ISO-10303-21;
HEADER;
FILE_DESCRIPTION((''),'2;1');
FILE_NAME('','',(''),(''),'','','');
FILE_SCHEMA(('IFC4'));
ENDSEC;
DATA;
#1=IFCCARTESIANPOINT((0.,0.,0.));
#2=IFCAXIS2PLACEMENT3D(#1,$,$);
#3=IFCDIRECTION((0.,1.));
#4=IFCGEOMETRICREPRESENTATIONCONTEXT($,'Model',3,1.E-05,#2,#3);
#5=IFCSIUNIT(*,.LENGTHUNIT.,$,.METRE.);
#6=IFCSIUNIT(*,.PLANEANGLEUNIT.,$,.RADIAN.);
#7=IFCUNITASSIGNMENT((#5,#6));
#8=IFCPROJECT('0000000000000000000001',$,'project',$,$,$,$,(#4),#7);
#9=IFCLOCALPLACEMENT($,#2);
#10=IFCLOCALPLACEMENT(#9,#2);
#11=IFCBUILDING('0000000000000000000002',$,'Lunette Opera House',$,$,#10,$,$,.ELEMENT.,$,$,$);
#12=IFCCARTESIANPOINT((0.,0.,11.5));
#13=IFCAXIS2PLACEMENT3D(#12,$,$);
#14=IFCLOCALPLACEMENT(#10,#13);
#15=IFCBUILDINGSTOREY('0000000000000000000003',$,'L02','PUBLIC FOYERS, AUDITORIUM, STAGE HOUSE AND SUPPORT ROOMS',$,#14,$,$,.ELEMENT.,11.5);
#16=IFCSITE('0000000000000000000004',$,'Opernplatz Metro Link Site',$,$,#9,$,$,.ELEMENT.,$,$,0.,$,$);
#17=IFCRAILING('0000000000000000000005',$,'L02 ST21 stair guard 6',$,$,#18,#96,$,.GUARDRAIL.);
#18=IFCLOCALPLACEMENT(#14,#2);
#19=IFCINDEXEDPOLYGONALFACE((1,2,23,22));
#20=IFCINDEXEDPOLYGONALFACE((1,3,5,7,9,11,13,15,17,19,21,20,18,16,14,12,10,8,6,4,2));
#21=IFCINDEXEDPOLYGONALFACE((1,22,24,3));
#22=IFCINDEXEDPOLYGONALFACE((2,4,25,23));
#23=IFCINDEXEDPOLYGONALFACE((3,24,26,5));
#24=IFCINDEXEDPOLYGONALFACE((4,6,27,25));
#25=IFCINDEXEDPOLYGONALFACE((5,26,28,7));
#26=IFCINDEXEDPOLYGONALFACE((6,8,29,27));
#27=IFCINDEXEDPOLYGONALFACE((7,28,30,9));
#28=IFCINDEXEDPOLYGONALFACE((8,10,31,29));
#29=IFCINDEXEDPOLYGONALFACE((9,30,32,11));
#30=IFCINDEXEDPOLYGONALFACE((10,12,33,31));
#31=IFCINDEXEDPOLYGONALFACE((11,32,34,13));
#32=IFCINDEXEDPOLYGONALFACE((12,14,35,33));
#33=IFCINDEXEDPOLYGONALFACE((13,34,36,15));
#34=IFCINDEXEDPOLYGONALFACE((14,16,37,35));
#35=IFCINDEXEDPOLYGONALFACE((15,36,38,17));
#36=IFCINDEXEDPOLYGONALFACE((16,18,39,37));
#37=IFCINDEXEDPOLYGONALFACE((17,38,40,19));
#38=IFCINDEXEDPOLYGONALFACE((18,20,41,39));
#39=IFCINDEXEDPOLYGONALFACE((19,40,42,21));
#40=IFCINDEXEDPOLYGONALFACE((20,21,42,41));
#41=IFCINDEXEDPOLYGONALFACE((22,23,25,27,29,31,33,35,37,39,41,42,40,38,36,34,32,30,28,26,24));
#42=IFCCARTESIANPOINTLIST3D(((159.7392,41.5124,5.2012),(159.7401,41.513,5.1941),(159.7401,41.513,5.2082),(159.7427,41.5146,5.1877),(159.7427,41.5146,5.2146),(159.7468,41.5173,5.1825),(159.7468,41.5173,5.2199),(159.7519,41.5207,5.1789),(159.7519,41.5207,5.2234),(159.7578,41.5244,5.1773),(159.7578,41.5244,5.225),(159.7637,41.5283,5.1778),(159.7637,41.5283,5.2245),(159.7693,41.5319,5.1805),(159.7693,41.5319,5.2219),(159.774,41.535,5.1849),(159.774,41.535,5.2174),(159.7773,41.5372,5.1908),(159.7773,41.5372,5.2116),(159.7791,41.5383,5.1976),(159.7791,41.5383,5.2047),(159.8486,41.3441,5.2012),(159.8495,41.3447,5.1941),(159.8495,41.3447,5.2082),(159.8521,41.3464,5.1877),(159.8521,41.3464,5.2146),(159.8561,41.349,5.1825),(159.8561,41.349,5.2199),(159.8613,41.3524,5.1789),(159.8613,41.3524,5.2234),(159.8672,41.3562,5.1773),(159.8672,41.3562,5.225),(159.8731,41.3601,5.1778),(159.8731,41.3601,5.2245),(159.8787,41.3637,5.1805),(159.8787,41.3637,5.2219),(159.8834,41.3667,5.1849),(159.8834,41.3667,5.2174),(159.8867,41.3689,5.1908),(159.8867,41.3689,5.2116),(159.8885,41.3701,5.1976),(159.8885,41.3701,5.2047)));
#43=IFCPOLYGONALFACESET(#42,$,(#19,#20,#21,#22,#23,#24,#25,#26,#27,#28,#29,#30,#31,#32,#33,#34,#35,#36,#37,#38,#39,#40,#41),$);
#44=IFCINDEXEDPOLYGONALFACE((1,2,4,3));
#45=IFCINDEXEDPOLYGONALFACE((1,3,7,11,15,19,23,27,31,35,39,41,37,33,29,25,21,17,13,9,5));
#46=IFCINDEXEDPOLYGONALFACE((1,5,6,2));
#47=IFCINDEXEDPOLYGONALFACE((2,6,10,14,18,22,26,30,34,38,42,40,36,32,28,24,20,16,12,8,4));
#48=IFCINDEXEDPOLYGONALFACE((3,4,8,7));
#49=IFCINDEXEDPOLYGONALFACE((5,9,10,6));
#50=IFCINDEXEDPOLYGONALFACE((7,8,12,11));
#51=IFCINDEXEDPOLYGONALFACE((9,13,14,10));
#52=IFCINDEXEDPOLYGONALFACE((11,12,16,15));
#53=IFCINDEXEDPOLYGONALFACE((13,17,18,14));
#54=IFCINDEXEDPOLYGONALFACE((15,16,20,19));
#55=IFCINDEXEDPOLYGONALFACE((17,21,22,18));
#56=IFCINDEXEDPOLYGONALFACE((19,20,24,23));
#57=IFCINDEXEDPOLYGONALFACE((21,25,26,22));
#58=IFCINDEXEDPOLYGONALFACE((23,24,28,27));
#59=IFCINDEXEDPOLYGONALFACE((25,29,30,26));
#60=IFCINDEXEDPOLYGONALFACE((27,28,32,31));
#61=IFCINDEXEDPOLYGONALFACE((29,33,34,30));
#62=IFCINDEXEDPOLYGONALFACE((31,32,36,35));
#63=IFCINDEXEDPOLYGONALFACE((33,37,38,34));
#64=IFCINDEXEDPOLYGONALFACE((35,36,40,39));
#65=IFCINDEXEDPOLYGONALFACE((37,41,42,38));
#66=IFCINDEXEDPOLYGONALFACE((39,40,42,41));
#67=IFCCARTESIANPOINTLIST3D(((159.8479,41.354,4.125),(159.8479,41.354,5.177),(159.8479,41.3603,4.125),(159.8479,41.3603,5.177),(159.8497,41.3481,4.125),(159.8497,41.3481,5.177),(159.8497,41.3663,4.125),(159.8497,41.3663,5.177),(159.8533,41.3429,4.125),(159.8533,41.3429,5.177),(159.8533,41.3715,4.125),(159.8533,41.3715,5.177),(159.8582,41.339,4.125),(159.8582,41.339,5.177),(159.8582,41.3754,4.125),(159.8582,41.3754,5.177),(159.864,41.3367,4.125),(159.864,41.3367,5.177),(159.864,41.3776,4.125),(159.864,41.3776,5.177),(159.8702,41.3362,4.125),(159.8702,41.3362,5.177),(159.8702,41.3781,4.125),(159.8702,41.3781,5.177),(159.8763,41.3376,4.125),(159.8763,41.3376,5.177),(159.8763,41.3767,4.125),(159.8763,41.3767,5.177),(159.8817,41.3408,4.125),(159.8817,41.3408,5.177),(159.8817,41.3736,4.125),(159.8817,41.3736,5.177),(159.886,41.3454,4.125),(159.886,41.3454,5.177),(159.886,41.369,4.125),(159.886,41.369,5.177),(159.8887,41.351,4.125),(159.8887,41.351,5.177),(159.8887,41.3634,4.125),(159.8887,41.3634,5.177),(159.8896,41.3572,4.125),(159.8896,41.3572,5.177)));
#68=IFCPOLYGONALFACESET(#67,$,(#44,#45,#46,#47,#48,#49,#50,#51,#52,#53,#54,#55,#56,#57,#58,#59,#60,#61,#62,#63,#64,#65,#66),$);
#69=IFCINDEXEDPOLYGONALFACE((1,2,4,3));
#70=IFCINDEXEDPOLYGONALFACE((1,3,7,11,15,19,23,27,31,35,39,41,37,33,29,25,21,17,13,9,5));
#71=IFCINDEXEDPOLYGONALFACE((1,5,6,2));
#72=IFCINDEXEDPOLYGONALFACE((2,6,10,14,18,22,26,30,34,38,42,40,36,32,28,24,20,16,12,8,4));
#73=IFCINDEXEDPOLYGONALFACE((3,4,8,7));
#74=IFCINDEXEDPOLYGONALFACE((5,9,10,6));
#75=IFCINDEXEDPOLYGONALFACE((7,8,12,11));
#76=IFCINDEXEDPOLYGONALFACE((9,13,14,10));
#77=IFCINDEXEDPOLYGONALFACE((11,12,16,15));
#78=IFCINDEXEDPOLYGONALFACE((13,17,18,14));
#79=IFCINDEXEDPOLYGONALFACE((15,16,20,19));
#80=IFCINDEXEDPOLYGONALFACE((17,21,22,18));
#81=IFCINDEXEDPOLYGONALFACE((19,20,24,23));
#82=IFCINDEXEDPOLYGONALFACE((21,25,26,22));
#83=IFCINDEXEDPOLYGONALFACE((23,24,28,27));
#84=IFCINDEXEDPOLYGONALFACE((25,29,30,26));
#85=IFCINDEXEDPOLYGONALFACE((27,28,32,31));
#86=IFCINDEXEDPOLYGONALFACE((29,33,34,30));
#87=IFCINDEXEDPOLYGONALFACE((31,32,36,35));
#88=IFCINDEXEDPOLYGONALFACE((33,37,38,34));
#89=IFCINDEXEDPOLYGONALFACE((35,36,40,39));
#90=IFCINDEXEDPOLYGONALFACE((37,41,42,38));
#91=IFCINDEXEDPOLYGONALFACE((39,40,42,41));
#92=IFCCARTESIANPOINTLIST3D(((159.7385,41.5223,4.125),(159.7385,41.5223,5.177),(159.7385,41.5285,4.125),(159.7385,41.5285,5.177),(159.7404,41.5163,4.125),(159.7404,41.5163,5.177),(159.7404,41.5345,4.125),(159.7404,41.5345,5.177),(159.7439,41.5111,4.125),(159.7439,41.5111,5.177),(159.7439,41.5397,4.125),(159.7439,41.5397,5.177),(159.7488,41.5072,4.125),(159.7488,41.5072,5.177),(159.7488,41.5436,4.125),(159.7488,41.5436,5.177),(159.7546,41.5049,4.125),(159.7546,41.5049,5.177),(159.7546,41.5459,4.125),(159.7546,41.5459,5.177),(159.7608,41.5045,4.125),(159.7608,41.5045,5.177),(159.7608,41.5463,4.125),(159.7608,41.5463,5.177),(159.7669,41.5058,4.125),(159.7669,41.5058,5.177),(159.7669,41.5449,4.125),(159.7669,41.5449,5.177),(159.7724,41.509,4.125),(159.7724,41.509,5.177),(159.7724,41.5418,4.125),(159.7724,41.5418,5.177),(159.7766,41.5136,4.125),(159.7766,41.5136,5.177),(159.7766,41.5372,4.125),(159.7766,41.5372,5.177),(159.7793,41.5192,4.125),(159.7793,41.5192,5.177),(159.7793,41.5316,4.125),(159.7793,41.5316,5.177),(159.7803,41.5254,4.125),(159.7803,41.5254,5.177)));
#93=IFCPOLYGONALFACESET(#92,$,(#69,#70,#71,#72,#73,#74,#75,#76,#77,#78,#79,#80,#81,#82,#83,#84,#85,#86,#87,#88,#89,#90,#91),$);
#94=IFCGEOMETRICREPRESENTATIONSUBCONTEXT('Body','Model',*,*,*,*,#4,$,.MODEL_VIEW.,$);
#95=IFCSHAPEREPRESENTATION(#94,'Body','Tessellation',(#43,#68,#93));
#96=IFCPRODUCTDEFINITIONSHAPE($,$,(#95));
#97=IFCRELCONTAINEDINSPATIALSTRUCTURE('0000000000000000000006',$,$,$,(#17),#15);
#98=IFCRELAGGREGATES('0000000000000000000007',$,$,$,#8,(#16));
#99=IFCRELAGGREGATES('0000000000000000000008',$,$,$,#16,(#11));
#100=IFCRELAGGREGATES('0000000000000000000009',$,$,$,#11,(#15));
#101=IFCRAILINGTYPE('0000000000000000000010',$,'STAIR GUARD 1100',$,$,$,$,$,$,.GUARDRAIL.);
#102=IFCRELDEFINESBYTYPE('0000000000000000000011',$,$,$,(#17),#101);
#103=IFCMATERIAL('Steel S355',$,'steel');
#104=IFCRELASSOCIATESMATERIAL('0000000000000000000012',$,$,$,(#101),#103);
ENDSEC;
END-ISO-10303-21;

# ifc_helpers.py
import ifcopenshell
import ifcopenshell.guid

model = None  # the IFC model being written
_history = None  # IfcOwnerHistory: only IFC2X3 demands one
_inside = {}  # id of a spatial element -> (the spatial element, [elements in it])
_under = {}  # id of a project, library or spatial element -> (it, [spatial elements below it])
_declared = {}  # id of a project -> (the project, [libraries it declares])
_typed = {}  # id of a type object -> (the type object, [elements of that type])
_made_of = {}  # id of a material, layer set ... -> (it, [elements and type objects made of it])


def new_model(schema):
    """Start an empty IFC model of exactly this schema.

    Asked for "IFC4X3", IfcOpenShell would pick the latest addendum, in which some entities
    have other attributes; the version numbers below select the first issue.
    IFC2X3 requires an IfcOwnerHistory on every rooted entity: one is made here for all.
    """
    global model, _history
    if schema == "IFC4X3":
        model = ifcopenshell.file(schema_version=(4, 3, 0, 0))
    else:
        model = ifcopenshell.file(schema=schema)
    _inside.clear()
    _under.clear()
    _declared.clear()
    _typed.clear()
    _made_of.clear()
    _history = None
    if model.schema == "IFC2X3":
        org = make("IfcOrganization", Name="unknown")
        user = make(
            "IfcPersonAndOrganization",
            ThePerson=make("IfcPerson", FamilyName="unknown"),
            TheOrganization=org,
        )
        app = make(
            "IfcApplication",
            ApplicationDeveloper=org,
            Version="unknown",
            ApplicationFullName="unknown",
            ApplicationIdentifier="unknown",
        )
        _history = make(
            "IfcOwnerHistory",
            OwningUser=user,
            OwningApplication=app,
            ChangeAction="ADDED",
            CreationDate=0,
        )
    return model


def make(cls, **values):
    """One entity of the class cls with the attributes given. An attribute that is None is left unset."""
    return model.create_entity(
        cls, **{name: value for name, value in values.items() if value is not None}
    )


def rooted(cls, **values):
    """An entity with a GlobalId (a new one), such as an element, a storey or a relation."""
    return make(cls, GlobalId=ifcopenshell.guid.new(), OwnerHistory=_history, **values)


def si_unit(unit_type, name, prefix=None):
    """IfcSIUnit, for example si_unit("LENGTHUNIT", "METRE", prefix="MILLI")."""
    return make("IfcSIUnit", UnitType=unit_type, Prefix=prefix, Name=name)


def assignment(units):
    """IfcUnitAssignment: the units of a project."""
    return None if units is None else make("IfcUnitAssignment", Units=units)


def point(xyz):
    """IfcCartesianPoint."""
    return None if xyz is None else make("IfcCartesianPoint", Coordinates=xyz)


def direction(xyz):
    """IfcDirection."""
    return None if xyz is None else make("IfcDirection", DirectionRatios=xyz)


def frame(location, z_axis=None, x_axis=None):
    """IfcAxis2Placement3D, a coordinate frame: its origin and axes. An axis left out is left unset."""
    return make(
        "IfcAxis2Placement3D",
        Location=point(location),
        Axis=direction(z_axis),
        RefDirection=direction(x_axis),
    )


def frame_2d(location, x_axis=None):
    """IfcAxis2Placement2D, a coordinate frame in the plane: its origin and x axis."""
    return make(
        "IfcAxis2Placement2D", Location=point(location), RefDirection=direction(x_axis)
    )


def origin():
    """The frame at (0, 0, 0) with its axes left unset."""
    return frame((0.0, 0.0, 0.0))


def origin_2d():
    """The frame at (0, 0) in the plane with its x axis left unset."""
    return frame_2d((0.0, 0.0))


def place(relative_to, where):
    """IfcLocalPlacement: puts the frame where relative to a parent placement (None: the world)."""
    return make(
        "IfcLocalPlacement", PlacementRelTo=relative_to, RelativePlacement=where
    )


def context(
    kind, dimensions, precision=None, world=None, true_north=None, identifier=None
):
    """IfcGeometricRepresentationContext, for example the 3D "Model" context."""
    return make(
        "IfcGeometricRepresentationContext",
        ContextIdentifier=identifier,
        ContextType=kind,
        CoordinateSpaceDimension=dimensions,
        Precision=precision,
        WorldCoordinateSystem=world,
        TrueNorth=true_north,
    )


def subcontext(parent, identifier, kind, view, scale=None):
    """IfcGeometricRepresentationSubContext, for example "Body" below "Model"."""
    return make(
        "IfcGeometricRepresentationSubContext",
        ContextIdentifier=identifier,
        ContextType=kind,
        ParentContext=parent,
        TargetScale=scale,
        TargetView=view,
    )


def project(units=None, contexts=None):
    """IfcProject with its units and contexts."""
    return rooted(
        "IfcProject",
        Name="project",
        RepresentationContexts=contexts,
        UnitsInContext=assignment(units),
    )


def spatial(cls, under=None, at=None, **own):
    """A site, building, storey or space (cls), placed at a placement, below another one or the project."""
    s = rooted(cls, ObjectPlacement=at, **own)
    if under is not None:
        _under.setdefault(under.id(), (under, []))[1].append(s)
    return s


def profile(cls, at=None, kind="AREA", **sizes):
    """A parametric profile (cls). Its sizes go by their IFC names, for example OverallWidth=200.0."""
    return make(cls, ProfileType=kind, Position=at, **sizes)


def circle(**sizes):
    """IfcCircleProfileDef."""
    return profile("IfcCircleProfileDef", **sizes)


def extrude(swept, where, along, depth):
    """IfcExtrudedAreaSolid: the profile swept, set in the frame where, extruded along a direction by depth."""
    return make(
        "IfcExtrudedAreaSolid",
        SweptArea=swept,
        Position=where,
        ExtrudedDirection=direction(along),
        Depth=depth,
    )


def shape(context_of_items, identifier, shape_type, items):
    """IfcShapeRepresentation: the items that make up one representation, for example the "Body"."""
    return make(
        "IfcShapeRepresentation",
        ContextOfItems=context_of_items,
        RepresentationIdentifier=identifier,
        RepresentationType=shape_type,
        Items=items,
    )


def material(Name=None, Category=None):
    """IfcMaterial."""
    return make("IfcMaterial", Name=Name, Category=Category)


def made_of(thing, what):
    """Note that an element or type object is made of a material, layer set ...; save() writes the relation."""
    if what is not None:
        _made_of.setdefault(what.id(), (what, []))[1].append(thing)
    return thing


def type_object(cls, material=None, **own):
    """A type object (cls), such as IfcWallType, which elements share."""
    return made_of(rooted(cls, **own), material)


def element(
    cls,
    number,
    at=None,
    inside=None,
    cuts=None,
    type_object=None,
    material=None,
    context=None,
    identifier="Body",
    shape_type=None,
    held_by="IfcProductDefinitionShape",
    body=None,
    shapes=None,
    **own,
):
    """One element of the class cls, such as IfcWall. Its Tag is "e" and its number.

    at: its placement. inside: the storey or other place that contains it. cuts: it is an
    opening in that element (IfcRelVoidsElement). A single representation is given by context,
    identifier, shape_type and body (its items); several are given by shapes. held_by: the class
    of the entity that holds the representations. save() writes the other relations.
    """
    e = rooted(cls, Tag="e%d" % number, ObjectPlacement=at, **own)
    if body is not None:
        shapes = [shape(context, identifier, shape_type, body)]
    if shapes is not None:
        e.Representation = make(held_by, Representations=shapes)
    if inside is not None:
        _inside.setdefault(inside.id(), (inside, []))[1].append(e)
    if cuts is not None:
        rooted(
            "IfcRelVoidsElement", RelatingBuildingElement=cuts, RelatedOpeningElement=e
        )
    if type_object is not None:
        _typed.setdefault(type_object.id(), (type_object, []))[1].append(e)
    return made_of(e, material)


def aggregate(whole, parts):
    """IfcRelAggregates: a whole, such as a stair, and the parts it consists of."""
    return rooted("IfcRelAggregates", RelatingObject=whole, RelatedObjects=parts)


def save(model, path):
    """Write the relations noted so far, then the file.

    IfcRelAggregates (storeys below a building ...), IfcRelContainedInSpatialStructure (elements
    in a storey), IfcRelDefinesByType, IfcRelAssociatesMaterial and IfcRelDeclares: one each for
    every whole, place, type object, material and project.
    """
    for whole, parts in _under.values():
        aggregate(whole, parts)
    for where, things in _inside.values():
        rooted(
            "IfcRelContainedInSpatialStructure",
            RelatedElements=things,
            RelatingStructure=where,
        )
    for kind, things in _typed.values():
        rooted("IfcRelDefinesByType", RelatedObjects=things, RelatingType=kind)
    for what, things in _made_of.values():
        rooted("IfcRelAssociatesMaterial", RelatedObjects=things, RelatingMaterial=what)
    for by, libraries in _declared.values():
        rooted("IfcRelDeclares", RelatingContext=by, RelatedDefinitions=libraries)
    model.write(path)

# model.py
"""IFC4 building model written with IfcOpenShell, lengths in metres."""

from ifc_helpers import new_model, si_unit, direction, frame, origin, origin_2d, place, context, subcontext, project, spatial, circle, extrude, material, type_object, element, save


model = new_model("IFC4")

# Units and contexts
model_context = context("Model", 3, precision=1e-05, world=origin(), true_north=direction((0.0, 1.0)))
body_context = subcontext(model_context, "Body", "Model", "MODEL_VIEW")
ifc_project = project(units=[si_unit("LENGTHUNIT", "METRE"), si_unit("PLANEANGLEUNIT", "RADIAN")], contexts=[model_context])

# Site, building, storey
site_placement = place(None, origin())
site = spatial("IfcSite", under=ifc_project, at=site_placement, Name="Opernplatz Metro Link Site", CompositionType="ELEMENT", RefElevation=0.0)
building_placement = place(site_placement, origin())
building = spatial("IfcBuilding", under=site, at=building_placement, Name="Lunette Opera House", CompositionType="ELEMENT")
storey_placement = place(building_placement, frame((0.0, 0.0, 11.5)))
storey = spatial("IfcBuildingStorey", under=building, at=storey_placement, Name="L02", Description="PUBLIC FOYERS, AUDITORIUM, STAGE HOUSE AND SUPPORT ROOMS", CompositionType="ELEMENT", Elevation=11.5)

# Railing
ifc_material_1 = material(Name="Steel S355", Category="steel")
railing_type_1 = type_object("IfcRailingType", Name="STAIR GUARD 1100", PredefinedType="GUARDRAIL", material=ifc_material_1)
railing_1_placement = place(storey_placement, frame((159.8687, 41.3572, 4.125)))
element("IfcRailing", 1, at=railing_1_placement, inside=storey, type_object=railing_type_1, Name="L02 ST21 stair guard 6", PredefinedType="GUARDRAIL", context=body_context, shape_type="SweptSolid", body=[
    extrude(circle(Radius=0.0239, at=origin_2d()), frame((0.0, 0.0, 1.0762), z_axis=(-0.545117, 0.83836, 0.0), x_axis=(-0.83836, -0.545117, 0.0)), (0.0, 0.0, 1.0), 0.2007),
    extrude(circle(Radius=0.021, at=origin_2d()), origin(), (0.0, 0.0, 1.0), 1.052),
    extrude(circle(Radius=0.021, at=origin_2d()), frame((-0.1094, 0.1682, 0.0)), (0.0, 0.0, 1.0), 1.052),
])

save(model, "model.ifc")
